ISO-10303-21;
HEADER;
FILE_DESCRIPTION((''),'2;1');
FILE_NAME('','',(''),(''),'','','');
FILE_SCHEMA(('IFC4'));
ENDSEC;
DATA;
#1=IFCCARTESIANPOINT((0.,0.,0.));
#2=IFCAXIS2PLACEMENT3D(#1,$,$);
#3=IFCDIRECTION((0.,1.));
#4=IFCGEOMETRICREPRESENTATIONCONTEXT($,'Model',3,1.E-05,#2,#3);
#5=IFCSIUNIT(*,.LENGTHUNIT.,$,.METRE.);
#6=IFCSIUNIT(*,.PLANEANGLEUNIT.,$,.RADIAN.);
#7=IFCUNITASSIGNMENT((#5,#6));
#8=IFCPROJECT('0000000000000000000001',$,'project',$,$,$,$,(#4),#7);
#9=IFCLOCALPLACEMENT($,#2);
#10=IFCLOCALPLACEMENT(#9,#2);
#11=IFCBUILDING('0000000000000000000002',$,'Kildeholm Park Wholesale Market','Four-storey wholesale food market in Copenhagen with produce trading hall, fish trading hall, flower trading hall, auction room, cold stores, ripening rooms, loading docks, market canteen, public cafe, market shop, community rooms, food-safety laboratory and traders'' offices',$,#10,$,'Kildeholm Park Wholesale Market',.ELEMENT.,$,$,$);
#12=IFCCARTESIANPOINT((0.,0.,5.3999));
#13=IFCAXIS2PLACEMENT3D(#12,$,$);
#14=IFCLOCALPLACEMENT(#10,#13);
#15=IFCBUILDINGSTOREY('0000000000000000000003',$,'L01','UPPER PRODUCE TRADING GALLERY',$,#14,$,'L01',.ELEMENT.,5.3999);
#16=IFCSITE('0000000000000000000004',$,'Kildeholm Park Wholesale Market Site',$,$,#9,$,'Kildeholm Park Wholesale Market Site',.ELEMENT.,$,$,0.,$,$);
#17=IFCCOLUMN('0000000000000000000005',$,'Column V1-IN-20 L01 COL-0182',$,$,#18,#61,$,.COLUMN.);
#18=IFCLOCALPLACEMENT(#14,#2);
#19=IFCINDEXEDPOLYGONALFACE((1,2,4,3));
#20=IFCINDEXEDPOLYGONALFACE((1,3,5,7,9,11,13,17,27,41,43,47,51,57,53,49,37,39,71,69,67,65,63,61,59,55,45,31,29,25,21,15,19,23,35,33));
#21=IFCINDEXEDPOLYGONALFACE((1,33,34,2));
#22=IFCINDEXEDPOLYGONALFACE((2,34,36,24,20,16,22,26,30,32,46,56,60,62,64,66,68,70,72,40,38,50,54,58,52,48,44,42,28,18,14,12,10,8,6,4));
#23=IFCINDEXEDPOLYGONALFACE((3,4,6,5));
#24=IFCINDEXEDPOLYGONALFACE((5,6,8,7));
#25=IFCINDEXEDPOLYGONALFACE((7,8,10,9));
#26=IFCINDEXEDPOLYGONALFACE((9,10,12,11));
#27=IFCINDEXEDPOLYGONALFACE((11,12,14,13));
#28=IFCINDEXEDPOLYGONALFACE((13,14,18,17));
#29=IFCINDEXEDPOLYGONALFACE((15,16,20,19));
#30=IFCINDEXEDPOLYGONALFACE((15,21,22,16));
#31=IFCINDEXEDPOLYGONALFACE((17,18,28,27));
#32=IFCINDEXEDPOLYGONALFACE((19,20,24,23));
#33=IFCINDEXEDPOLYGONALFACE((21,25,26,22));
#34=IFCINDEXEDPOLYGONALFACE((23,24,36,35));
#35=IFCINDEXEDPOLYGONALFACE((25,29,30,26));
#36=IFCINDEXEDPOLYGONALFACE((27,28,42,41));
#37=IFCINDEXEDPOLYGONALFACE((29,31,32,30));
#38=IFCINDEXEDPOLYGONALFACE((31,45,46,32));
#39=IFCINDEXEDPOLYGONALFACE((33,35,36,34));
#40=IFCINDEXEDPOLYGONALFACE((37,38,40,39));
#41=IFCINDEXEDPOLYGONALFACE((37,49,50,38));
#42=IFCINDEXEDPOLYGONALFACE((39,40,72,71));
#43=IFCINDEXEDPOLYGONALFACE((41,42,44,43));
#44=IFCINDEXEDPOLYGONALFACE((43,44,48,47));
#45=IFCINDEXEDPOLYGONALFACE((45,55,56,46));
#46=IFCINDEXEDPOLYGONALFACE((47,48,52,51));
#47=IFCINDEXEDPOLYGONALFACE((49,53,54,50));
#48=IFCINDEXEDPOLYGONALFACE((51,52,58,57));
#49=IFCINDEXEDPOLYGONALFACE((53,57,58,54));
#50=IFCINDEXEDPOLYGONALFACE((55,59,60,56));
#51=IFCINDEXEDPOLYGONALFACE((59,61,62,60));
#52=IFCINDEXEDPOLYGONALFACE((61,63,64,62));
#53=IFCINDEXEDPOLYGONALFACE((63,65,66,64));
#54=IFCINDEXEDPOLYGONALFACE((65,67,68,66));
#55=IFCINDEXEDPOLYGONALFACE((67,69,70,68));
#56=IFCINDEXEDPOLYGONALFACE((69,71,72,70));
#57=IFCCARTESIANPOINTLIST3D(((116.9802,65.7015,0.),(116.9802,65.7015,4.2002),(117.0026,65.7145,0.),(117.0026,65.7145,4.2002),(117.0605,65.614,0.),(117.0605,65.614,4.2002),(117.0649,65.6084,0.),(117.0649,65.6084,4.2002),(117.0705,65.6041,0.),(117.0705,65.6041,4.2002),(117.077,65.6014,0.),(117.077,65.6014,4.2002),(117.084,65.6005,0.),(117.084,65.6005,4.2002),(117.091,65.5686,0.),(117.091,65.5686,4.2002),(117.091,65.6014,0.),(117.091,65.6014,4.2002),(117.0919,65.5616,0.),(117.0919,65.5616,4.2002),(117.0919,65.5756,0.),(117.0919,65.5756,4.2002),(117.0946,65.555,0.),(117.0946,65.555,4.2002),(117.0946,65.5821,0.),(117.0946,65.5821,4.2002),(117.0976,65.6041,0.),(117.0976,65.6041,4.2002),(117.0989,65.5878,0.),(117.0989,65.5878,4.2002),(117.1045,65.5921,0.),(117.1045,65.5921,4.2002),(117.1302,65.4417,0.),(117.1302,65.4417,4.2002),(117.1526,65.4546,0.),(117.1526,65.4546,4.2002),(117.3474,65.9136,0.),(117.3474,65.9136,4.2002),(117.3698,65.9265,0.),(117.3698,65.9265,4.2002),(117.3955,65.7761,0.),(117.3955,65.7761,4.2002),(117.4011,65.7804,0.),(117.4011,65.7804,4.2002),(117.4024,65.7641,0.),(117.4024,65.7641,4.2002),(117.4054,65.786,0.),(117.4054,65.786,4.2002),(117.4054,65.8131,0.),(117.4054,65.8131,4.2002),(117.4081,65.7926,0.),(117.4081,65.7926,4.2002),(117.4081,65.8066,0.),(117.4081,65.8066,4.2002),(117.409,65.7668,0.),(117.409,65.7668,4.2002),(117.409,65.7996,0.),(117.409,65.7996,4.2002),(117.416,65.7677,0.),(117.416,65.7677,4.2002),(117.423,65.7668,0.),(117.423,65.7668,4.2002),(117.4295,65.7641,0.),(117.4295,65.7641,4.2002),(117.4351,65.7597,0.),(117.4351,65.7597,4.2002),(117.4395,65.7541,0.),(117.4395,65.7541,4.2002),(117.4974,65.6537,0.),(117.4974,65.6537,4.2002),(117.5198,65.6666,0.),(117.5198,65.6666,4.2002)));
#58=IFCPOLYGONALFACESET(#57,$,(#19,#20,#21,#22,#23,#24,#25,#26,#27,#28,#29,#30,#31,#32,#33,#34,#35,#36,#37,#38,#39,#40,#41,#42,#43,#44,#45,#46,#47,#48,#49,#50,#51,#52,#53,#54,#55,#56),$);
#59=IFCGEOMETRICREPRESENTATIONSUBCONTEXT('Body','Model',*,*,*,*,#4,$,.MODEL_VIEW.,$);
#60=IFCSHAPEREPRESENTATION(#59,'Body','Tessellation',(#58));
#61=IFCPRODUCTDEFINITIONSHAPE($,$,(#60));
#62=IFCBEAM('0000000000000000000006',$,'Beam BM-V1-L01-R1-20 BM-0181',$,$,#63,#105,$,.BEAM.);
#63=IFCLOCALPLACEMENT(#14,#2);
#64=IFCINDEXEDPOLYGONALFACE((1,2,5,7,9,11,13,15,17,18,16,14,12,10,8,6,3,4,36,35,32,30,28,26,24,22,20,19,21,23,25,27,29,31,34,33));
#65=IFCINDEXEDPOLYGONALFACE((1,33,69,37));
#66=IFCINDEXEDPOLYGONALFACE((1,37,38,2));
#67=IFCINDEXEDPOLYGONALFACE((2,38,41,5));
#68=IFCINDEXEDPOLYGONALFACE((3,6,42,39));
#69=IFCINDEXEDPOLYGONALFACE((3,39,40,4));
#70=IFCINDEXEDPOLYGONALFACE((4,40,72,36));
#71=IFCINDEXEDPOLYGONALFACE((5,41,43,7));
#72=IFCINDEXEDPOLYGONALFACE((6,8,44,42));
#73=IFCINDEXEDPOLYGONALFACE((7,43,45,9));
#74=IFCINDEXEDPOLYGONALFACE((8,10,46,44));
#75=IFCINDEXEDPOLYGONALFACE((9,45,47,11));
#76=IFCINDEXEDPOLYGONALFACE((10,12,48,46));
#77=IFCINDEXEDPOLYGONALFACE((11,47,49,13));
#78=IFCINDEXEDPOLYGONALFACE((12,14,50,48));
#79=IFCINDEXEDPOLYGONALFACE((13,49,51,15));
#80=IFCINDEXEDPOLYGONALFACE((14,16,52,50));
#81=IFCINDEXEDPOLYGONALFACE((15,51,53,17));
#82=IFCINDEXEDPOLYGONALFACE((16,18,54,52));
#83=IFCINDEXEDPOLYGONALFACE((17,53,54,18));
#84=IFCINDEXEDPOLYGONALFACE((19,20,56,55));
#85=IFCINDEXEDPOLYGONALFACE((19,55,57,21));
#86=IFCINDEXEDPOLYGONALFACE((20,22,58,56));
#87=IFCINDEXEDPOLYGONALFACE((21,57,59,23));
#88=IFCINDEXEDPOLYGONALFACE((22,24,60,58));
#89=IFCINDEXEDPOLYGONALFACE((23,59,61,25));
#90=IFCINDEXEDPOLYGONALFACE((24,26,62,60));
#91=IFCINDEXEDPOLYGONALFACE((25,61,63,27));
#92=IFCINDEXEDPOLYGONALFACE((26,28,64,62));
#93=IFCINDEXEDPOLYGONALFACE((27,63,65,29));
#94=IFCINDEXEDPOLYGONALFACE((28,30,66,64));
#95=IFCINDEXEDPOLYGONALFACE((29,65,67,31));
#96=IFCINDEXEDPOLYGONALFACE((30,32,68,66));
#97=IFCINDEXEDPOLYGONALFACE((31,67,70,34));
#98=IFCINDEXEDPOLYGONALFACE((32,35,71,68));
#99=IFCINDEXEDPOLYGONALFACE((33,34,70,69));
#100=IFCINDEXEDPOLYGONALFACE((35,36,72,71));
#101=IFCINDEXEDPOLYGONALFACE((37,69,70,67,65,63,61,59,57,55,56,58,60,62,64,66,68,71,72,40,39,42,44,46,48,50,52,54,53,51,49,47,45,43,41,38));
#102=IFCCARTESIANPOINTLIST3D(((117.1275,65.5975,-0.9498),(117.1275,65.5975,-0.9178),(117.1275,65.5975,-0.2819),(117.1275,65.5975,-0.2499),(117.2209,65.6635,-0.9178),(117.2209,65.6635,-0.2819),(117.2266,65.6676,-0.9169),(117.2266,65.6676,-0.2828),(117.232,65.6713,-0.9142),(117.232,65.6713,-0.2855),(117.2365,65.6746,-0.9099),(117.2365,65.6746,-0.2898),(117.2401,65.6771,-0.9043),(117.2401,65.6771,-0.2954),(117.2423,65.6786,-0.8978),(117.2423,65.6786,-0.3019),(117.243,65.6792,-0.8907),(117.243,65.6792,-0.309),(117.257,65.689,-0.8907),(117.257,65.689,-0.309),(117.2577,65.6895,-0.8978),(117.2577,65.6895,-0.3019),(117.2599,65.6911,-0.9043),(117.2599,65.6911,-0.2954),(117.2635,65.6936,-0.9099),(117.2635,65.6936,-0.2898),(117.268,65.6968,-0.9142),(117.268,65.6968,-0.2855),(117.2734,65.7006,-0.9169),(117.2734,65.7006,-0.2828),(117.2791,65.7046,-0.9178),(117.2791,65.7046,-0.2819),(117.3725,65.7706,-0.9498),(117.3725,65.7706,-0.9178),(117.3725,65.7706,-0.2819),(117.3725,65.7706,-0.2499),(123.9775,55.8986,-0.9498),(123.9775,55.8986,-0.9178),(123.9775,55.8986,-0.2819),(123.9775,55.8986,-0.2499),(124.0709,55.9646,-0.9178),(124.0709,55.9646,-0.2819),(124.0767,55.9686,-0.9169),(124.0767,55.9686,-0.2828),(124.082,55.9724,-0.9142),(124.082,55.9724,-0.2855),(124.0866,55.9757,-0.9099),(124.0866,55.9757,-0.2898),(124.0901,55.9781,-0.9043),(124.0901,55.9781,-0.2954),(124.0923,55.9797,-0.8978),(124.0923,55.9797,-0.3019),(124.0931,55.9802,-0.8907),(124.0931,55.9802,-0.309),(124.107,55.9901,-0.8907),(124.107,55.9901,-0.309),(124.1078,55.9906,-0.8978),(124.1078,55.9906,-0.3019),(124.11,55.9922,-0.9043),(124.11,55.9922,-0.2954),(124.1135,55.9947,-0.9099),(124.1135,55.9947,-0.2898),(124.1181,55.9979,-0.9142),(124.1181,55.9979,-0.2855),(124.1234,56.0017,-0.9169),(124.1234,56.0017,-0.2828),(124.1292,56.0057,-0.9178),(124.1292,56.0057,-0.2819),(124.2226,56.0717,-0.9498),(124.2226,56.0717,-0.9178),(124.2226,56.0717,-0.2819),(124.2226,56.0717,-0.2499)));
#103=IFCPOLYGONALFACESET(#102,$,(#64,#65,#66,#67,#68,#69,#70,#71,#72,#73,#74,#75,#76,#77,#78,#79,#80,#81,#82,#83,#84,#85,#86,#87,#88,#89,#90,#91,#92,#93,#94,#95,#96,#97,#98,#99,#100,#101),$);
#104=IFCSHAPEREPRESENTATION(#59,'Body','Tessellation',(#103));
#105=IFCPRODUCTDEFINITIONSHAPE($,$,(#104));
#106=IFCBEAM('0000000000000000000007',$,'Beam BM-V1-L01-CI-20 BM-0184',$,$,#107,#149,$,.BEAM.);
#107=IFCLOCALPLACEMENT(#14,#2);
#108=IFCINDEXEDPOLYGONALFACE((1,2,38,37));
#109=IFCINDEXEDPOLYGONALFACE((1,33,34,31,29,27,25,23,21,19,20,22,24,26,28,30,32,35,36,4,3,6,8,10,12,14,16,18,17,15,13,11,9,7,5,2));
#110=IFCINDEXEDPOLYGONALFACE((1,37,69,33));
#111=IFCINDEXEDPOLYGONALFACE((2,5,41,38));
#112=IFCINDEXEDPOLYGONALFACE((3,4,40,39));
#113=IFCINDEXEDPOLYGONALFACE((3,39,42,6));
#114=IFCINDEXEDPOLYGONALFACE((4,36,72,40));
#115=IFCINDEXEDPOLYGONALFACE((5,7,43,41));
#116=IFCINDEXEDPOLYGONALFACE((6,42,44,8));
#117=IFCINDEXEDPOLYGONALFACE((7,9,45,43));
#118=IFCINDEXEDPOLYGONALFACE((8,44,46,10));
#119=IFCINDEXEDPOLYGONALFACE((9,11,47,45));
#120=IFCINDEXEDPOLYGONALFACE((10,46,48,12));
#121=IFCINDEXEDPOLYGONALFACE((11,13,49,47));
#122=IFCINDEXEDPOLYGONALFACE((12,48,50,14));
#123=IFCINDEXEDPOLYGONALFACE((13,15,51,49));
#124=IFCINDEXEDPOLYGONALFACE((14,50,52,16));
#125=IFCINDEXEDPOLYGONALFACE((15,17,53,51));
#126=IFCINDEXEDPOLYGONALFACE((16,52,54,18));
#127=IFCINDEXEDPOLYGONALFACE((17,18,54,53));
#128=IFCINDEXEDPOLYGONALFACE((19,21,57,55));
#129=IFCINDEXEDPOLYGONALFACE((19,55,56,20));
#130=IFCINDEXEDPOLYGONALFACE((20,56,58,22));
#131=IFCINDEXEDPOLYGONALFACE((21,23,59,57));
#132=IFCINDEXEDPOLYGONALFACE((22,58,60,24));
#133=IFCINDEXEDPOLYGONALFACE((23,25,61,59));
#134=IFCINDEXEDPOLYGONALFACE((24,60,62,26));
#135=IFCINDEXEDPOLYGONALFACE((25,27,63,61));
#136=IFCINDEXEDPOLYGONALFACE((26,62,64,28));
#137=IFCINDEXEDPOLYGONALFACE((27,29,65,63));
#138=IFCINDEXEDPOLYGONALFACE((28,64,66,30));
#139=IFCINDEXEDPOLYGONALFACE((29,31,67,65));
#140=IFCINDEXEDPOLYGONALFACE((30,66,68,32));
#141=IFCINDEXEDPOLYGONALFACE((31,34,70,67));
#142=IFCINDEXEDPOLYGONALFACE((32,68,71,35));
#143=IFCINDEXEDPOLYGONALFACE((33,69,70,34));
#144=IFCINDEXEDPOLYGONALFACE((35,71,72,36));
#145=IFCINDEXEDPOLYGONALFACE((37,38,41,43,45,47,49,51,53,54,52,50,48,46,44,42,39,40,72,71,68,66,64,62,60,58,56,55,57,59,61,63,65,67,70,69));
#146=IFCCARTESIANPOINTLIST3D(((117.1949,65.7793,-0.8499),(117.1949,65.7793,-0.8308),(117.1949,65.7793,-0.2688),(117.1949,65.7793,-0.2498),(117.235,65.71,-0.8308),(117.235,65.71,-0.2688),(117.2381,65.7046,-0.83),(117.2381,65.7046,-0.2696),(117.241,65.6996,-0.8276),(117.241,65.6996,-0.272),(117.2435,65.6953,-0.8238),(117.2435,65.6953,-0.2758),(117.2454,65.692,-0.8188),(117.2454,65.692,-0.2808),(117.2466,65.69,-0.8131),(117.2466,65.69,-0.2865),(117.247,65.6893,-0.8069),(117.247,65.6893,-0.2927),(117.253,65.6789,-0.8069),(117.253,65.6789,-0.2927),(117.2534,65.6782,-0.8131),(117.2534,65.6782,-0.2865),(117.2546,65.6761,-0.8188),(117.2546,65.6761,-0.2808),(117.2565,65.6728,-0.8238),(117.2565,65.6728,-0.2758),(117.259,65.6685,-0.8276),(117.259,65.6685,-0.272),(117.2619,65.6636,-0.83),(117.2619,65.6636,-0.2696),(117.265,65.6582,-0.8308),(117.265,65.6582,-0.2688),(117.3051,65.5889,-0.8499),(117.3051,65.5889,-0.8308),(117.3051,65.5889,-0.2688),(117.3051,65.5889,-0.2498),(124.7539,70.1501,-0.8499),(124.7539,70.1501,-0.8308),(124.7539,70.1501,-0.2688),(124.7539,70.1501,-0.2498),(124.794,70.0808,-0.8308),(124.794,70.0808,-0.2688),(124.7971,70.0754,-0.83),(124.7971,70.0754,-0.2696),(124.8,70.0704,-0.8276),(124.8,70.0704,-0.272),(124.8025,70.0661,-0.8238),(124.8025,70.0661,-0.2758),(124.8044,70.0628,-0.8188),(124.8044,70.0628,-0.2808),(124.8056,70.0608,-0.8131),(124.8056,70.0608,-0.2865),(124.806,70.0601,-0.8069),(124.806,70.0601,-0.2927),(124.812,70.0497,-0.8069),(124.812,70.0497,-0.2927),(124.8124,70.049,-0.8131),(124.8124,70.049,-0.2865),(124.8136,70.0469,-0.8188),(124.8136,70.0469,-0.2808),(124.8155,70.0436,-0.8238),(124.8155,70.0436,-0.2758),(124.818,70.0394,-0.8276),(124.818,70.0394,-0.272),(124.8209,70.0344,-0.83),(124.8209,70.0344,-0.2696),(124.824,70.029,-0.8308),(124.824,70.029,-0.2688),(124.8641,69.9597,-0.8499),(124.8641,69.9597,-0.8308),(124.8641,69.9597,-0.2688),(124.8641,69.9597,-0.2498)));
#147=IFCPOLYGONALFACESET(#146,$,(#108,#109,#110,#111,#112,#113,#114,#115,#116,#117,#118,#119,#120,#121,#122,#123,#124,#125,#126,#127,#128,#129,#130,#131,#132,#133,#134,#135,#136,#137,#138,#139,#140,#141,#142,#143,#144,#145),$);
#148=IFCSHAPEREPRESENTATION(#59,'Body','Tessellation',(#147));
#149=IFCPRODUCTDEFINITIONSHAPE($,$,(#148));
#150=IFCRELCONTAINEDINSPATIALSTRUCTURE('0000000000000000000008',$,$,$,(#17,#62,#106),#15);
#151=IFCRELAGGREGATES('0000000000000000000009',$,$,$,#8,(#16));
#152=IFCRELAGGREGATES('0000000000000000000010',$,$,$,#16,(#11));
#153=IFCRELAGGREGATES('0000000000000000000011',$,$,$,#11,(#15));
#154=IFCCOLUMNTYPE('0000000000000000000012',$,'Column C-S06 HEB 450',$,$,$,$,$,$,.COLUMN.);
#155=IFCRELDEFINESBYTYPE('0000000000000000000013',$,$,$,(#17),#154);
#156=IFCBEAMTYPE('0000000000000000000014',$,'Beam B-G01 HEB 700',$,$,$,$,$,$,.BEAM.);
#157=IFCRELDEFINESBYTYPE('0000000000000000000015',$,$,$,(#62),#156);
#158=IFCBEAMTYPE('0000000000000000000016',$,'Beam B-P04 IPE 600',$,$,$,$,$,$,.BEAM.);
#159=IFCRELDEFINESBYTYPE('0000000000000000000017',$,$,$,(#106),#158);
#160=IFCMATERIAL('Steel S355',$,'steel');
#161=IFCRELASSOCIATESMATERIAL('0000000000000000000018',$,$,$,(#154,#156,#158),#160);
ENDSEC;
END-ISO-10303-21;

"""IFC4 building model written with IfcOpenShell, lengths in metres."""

from ifc_helpers import new_model, si_unit, direction, frame, origin, origin_2d, place, context, subcontext, project, spatial, i_section, extrude, material, material_profile, profile_set, type_object, element, save


model = new_model("IFC4")

# Units and contexts
model_context = context("Model", 3, precision=1e-05, world=origin(), true_north=direction((0.0, 1.0)))
body_context = subcontext(model_context, "Body", "Model", "MODEL_VIEW")
ifc_project = project(units=[si_unit("LENGTHUNIT", "METRE"), si_unit("PLANEANGLEUNIT", "RADIAN")], contexts=[model_context])

# Site, building, storey
site_placement = place(None, origin())
site = spatial("IfcSite", under=ifc_project, at=site_placement, Name="Kildeholm Park Wholesale Market Site", LongName="Kildeholm Park Wholesale Market Site", CompositionType="ELEMENT", RefElevation=0.0)
building_placement = place(site_placement, origin())
building = spatial("IfcBuilding", under=site, at=building_placement, Name="Kildeholm Park Wholesale Market", Description="Four-storey wholesale food market in Copenhagen with produce trading hall, fish trading hall, flower trading hall, auction room, cold stores, ripening rooms, loading docks, market canteen, public cafe, market shop, community rooms, food-safety laboratory and traders' offices", LongName="Kildeholm Park Wholesale Market", CompositionType="ELEMENT")
storey_placement = place(building_placement, frame((0.0, 0.0, 5.3999)))
storey = spatial("IfcBuildingStorey", under=building, at=storey_placement, Name="L01", Description="UPPER PRODUCE TRADING GALLERY", LongName="L01", CompositionType="ELEMENT", Elevation=5.3999)

# Column
ifc_material_1 = material(Name="Steel S355", Category="steel")
ifc_material_profile_1 = material_profile(ifc_material_1, i_section(OverallWidth=0.3, OverallDepth=0.45, WebThickness=0.0139, FlangeThickness=0.0259, FilletRadius=0.0271, at=origin_2d()), Name="HEB 450")
ifc_profile_set_1 = profile_set([ifc_material_profile_1], Name="Steel S355")
column_type = type_object("IfcColumnType", Name="Column C-S06 HEB 450", PredefinedType="COLUMN", material=ifc_profile_set_1)
column_placement = place(storey_placement, frame((117.25, 65.6841, 0.0), z_axis=(0.0, 0.0, 1.0), x_axis=(0.5, -0.866025, 0.0)))
element("IfcColumn", 1, at=column_placement, inside=storey, type_object=column_type, Name="Column V1-IN-20 L01 COL-0182", PredefinedType="COLUMN", context=body_context, shape_type="SweptSolid", body=[
    extrude(i_section(OverallWidth=0.3, OverallDepth=0.45, WebThickness=0.0139, FlangeThickness=0.0259, FilletRadius=0.0271, at=origin_2d()), origin(), (0.0, 0.0, 1.0), 4.2002),
])

# Beams
ifc_material_profile_2 = material_profile(ifc_material_1, i_section(OverallWidth=0.3, OverallDepth=0.7, WebThickness=0.0171, FlangeThickness=0.032, FilletRadius=0.0271, at=origin_2d()), Name="HEB 700")
ifc_profile_set_2 = profile_set([ifc_material_profile_2], Name="Steel S355")
beam_type_1 = type_object("IfcBeamType", Name="Beam B-G01 HEB 700", PredefinedType="BEAM", material=ifc_profile_set_2)
beam_1_placement = place(storey_placement, frame((117.25, 65.6841, -0.5999), z_axis=(0.576895, -0.816819, 0.0), x_axis=(0.816819, 0.576895, 0.0)))
element("IfcBeam", 2, at=beam_1_placement, inside=storey, type_object=beam_type_1, Name="Beam BM-V1-L01-R1-20 BM-0181", PredefinedType="BEAM", context=body_context, shape_type="SweptSolid", body=[
    extrude(i_section(OverallWidth=0.3, OverallDepth=0.7, WebThickness=0.0171, FlangeThickness=0.032, FilletRadius=0.0271, at=origin_2d()), origin(), (0.0, 0.0, 1.0), 11.874),
])
ifc_material_profile_3 = material_profile(ifc_material_1, i_section(OverallWidth=0.22, OverallDepth=0.6001, WebThickness=0.012, FlangeThickness=0.019, FilletRadius=0.0239, at=origin_2d()), Name="IPE 600")
ifc_profile_set_3 = profile_set([ifc_material_profile_3], Name="Steel S355")
beam_type_2 = type_object("IfcBeamType", Name="Beam B-P04 IPE 600", PredefinedType="BEAM", material=ifc_profile_set_3)
beam_2_placement = place(storey_placement, frame((117.25, 65.6841, -0.5498), z_axis=(0.865697, 0.500568, 0.0), x_axis=(-0.500568, 0.865697, 0.0)))
element("IfcBeam", 3, at=beam_2_placement, inside=storey, type_object=beam_type_2, Name="Beam BM-V1-L01-CI-20 BM-0184", PredefinedType="BEAM", context=body_context, shape_type="SweptSolid", body=[
    extrude(i_section(OverallWidth=0.22, OverallDepth=0.6001, WebThickness=0.012, FlangeThickness=0.019, FilletRadius=0.0239, at=origin_2d()), origin(), (0.0, 0.0, 1.0), 8.7317),
])

save(model, "model.ifc")
